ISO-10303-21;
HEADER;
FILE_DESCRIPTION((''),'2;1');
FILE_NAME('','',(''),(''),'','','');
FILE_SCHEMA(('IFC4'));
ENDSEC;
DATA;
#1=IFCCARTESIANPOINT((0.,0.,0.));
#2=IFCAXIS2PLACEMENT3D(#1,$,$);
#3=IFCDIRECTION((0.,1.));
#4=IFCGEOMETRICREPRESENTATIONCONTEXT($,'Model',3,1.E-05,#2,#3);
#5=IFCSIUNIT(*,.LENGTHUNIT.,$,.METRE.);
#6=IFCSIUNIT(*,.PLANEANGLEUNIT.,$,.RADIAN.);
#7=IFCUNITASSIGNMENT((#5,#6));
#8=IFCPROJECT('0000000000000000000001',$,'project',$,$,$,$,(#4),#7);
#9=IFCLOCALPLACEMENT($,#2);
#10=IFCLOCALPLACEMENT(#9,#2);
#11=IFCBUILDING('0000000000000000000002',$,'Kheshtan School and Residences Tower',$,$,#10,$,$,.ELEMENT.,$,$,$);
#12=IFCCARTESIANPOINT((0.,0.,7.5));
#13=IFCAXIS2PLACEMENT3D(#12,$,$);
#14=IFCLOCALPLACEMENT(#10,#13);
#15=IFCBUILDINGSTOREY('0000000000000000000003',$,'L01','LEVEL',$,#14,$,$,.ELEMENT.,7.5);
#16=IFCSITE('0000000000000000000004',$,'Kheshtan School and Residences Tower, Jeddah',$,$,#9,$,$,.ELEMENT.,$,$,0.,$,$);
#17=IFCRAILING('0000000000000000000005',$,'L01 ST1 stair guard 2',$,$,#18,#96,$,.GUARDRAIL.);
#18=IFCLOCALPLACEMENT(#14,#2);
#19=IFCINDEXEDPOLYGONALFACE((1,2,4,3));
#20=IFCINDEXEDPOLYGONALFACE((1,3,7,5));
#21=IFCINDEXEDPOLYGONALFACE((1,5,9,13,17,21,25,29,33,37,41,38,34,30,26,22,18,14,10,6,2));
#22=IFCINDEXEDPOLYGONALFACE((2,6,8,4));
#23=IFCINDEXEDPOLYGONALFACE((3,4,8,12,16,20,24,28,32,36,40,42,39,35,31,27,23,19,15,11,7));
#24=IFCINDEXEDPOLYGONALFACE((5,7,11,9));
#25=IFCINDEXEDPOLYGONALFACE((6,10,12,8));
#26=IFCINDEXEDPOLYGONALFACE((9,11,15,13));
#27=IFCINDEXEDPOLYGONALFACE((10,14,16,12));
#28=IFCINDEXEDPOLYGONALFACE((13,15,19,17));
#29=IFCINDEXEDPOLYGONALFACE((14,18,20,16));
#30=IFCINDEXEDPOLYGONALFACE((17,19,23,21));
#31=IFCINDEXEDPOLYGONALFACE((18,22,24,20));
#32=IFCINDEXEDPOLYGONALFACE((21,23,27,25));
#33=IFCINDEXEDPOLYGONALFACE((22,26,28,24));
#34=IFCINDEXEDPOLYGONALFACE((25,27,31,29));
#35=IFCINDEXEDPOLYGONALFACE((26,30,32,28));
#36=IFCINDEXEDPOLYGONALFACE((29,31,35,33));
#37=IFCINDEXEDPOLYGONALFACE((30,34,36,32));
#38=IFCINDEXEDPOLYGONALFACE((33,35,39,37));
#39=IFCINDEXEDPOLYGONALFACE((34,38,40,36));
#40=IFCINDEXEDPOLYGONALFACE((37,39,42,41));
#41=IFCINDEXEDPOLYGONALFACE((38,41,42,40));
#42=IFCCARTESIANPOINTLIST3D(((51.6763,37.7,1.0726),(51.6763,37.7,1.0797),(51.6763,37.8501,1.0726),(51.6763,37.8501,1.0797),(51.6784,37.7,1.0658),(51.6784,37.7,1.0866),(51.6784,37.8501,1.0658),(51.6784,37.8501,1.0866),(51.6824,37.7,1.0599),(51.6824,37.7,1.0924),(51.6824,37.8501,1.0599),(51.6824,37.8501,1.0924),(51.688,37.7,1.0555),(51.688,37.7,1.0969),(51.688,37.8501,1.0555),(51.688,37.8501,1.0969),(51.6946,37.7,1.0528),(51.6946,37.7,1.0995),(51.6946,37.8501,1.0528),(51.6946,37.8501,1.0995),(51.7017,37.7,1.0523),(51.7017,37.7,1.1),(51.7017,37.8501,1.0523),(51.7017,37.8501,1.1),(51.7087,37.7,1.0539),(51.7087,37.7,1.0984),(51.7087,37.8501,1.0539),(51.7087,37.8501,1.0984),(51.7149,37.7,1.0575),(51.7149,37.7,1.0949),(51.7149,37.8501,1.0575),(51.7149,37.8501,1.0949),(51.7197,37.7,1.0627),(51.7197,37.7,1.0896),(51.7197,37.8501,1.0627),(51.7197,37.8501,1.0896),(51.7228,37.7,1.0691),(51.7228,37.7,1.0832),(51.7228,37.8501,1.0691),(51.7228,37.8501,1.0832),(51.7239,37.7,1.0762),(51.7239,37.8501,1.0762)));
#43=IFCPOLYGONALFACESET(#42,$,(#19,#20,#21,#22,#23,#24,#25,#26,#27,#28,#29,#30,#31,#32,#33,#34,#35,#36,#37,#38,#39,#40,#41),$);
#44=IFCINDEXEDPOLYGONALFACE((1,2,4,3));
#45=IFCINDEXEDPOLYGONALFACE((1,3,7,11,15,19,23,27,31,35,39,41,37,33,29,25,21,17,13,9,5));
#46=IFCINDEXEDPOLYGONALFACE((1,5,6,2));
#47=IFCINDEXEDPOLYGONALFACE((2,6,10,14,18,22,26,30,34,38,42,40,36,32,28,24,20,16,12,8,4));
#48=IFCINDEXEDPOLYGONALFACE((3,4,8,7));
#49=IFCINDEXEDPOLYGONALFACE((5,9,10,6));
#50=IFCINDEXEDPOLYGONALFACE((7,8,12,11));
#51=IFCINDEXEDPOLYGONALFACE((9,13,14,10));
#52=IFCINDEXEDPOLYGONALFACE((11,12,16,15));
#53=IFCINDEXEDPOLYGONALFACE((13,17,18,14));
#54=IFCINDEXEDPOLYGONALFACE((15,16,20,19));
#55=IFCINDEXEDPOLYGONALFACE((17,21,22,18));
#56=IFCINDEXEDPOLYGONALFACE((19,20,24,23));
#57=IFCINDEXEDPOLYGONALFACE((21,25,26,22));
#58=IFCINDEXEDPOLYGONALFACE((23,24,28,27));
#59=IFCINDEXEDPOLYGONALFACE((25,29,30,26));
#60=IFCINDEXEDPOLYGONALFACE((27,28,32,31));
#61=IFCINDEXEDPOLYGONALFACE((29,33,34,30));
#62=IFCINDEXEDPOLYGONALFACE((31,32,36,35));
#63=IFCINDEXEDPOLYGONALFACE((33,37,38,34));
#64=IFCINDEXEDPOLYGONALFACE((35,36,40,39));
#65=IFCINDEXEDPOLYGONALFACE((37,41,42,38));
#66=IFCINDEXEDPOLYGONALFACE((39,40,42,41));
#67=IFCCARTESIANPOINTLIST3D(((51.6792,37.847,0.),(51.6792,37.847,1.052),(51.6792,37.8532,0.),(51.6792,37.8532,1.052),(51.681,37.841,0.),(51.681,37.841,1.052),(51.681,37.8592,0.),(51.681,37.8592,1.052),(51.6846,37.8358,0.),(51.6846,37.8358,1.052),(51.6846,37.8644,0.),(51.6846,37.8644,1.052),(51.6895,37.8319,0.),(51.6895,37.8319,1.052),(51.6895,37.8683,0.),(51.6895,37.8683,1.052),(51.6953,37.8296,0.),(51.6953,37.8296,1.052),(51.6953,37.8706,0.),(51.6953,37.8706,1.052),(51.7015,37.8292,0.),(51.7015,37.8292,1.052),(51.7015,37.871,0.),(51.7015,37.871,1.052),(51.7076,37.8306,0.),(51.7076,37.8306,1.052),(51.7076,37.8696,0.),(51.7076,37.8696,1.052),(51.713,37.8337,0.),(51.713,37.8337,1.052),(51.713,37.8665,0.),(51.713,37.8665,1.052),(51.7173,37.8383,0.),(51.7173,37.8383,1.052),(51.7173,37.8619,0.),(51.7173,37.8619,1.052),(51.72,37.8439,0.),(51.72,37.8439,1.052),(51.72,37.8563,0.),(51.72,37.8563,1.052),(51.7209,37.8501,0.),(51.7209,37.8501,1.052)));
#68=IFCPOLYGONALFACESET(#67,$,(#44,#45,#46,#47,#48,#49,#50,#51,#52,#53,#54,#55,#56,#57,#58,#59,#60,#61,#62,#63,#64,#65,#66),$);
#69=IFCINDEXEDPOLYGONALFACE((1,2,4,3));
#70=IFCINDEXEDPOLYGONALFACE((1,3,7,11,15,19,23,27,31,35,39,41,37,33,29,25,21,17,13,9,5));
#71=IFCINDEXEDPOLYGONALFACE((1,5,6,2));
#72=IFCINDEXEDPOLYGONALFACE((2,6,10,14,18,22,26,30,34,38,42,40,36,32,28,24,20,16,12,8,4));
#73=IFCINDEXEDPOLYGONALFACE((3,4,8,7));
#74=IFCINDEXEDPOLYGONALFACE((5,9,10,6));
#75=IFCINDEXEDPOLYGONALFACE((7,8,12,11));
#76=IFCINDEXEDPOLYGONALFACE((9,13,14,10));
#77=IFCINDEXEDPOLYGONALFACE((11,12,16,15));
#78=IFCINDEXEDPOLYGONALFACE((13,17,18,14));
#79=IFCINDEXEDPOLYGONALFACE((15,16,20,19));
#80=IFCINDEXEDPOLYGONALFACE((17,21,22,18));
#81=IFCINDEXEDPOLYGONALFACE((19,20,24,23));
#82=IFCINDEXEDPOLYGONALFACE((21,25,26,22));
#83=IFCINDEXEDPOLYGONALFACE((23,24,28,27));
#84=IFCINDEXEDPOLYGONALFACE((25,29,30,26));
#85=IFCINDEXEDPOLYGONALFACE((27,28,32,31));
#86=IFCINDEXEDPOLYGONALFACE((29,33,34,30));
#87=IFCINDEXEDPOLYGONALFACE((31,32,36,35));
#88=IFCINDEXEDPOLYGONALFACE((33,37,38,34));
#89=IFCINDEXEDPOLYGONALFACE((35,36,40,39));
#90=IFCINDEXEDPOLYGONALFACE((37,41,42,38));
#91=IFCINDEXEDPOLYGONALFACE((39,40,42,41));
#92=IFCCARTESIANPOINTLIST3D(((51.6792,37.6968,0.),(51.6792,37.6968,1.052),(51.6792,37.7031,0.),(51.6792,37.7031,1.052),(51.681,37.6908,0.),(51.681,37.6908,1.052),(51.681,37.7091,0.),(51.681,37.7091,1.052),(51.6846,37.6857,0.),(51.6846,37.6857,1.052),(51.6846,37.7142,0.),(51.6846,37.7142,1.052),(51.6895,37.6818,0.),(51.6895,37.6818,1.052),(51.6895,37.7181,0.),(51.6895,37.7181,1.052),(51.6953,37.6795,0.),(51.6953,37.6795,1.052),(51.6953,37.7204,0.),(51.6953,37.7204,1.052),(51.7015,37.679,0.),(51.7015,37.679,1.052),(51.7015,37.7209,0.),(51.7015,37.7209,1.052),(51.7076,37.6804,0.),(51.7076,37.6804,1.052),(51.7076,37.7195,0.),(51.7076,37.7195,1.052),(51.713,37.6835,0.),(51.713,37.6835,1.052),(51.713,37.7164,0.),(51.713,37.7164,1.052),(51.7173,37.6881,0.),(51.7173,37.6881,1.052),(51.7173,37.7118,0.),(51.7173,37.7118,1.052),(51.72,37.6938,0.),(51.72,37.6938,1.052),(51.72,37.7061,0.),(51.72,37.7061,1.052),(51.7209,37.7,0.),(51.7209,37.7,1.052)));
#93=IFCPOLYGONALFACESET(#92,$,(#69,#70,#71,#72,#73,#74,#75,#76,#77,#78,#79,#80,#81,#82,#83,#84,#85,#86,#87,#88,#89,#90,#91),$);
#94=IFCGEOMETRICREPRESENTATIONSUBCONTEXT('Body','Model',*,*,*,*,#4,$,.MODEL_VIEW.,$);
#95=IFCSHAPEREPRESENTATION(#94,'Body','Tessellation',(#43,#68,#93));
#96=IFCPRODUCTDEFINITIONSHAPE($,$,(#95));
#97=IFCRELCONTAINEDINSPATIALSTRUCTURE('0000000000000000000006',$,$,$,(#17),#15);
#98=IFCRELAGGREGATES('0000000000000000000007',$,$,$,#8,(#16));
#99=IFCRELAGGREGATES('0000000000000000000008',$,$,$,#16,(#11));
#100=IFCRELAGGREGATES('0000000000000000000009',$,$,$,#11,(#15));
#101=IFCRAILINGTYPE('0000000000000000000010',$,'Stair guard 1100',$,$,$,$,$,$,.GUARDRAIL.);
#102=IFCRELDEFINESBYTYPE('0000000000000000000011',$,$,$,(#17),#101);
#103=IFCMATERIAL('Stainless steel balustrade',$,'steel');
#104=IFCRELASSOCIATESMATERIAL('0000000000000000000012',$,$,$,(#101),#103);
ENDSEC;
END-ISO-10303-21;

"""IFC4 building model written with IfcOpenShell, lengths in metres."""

from ifc_helpers import new_model, si_unit, direction, frame, origin, origin_2d, place, context, subcontext, project, spatial, circle, extrude, material, type_object, element, save


model = new_model("IFC4")

# Units and contexts
model_context = context("Model", 3, precision=1e-05, world=origin(), true_north=direction((0.0, 1.0)))
body_context = subcontext(model_context, "Body", "Model", "MODEL_VIEW")
ifc_project = project(units=[si_unit("LENGTHUNIT", "METRE"), si_unit("PLANEANGLEUNIT", "RADIAN")], contexts=[model_context])

# Site, building, storey
site_placement = place(None, origin())
site = spatial("IfcSite", under=ifc_project, at=site_placement, Name="Kheshtan School and Residences Tower, Jeddah", CompositionType="ELEMENT", RefElevation=0.0)
building_placement = place(site_placement, origin())
building = spatial("IfcBuilding", under=site, at=building_placement, Name="Kheshtan School and Residences Tower", CompositionType="ELEMENT")
storey_placement = place(building_placement, frame((0.0, 0.0, 7.5)))
storey = spatial("IfcBuildingStorey", under=building, at=storey_placement, Name="L01", Description="LEVEL", CompositionType="ELEMENT", Elevation=7.5)

# Railing
ifc_material_1 = material(Name="Stainless steel balustrade", Category="steel")
railing_type_1 = type_object("IfcRailingType", Name="Stair guard 1100", PredefinedType="GUARDRAIL", material=ifc_material_1)
railing_1_placement = place(storey_placement, frame((51.7, 37.8501, 0.0)))
element("IfcRailing", 1, at=railing_1_placement, inside=storey, type_object=railing_type_1, Name="L01 ST1 stair guard 2", PredefinedType="GUARDRAIL", context=body_context, shape_type="SweptSolid", body=[
    extrude(circle(Radius=0.0239, at=origin_2d()), frame((0.0, 0.0, 1.0762), z_axis=(0.0, -1.0, 0.0), x_axis=(1.0, 0.0, 0.0)), (0.0, 0.0, 1.0), 0.1501),
    extrude(circle(Radius=0.021, at=origin_2d()), origin(), (0.0, 0.0, 1.0), 1.052),
    extrude(circle(Radius=0.021, at=origin_2d()), frame((0.0, -0.1501, 0.0)), (0.0, 0.0, 1.0), 1.052),
])

save(model, "model.ifc")
